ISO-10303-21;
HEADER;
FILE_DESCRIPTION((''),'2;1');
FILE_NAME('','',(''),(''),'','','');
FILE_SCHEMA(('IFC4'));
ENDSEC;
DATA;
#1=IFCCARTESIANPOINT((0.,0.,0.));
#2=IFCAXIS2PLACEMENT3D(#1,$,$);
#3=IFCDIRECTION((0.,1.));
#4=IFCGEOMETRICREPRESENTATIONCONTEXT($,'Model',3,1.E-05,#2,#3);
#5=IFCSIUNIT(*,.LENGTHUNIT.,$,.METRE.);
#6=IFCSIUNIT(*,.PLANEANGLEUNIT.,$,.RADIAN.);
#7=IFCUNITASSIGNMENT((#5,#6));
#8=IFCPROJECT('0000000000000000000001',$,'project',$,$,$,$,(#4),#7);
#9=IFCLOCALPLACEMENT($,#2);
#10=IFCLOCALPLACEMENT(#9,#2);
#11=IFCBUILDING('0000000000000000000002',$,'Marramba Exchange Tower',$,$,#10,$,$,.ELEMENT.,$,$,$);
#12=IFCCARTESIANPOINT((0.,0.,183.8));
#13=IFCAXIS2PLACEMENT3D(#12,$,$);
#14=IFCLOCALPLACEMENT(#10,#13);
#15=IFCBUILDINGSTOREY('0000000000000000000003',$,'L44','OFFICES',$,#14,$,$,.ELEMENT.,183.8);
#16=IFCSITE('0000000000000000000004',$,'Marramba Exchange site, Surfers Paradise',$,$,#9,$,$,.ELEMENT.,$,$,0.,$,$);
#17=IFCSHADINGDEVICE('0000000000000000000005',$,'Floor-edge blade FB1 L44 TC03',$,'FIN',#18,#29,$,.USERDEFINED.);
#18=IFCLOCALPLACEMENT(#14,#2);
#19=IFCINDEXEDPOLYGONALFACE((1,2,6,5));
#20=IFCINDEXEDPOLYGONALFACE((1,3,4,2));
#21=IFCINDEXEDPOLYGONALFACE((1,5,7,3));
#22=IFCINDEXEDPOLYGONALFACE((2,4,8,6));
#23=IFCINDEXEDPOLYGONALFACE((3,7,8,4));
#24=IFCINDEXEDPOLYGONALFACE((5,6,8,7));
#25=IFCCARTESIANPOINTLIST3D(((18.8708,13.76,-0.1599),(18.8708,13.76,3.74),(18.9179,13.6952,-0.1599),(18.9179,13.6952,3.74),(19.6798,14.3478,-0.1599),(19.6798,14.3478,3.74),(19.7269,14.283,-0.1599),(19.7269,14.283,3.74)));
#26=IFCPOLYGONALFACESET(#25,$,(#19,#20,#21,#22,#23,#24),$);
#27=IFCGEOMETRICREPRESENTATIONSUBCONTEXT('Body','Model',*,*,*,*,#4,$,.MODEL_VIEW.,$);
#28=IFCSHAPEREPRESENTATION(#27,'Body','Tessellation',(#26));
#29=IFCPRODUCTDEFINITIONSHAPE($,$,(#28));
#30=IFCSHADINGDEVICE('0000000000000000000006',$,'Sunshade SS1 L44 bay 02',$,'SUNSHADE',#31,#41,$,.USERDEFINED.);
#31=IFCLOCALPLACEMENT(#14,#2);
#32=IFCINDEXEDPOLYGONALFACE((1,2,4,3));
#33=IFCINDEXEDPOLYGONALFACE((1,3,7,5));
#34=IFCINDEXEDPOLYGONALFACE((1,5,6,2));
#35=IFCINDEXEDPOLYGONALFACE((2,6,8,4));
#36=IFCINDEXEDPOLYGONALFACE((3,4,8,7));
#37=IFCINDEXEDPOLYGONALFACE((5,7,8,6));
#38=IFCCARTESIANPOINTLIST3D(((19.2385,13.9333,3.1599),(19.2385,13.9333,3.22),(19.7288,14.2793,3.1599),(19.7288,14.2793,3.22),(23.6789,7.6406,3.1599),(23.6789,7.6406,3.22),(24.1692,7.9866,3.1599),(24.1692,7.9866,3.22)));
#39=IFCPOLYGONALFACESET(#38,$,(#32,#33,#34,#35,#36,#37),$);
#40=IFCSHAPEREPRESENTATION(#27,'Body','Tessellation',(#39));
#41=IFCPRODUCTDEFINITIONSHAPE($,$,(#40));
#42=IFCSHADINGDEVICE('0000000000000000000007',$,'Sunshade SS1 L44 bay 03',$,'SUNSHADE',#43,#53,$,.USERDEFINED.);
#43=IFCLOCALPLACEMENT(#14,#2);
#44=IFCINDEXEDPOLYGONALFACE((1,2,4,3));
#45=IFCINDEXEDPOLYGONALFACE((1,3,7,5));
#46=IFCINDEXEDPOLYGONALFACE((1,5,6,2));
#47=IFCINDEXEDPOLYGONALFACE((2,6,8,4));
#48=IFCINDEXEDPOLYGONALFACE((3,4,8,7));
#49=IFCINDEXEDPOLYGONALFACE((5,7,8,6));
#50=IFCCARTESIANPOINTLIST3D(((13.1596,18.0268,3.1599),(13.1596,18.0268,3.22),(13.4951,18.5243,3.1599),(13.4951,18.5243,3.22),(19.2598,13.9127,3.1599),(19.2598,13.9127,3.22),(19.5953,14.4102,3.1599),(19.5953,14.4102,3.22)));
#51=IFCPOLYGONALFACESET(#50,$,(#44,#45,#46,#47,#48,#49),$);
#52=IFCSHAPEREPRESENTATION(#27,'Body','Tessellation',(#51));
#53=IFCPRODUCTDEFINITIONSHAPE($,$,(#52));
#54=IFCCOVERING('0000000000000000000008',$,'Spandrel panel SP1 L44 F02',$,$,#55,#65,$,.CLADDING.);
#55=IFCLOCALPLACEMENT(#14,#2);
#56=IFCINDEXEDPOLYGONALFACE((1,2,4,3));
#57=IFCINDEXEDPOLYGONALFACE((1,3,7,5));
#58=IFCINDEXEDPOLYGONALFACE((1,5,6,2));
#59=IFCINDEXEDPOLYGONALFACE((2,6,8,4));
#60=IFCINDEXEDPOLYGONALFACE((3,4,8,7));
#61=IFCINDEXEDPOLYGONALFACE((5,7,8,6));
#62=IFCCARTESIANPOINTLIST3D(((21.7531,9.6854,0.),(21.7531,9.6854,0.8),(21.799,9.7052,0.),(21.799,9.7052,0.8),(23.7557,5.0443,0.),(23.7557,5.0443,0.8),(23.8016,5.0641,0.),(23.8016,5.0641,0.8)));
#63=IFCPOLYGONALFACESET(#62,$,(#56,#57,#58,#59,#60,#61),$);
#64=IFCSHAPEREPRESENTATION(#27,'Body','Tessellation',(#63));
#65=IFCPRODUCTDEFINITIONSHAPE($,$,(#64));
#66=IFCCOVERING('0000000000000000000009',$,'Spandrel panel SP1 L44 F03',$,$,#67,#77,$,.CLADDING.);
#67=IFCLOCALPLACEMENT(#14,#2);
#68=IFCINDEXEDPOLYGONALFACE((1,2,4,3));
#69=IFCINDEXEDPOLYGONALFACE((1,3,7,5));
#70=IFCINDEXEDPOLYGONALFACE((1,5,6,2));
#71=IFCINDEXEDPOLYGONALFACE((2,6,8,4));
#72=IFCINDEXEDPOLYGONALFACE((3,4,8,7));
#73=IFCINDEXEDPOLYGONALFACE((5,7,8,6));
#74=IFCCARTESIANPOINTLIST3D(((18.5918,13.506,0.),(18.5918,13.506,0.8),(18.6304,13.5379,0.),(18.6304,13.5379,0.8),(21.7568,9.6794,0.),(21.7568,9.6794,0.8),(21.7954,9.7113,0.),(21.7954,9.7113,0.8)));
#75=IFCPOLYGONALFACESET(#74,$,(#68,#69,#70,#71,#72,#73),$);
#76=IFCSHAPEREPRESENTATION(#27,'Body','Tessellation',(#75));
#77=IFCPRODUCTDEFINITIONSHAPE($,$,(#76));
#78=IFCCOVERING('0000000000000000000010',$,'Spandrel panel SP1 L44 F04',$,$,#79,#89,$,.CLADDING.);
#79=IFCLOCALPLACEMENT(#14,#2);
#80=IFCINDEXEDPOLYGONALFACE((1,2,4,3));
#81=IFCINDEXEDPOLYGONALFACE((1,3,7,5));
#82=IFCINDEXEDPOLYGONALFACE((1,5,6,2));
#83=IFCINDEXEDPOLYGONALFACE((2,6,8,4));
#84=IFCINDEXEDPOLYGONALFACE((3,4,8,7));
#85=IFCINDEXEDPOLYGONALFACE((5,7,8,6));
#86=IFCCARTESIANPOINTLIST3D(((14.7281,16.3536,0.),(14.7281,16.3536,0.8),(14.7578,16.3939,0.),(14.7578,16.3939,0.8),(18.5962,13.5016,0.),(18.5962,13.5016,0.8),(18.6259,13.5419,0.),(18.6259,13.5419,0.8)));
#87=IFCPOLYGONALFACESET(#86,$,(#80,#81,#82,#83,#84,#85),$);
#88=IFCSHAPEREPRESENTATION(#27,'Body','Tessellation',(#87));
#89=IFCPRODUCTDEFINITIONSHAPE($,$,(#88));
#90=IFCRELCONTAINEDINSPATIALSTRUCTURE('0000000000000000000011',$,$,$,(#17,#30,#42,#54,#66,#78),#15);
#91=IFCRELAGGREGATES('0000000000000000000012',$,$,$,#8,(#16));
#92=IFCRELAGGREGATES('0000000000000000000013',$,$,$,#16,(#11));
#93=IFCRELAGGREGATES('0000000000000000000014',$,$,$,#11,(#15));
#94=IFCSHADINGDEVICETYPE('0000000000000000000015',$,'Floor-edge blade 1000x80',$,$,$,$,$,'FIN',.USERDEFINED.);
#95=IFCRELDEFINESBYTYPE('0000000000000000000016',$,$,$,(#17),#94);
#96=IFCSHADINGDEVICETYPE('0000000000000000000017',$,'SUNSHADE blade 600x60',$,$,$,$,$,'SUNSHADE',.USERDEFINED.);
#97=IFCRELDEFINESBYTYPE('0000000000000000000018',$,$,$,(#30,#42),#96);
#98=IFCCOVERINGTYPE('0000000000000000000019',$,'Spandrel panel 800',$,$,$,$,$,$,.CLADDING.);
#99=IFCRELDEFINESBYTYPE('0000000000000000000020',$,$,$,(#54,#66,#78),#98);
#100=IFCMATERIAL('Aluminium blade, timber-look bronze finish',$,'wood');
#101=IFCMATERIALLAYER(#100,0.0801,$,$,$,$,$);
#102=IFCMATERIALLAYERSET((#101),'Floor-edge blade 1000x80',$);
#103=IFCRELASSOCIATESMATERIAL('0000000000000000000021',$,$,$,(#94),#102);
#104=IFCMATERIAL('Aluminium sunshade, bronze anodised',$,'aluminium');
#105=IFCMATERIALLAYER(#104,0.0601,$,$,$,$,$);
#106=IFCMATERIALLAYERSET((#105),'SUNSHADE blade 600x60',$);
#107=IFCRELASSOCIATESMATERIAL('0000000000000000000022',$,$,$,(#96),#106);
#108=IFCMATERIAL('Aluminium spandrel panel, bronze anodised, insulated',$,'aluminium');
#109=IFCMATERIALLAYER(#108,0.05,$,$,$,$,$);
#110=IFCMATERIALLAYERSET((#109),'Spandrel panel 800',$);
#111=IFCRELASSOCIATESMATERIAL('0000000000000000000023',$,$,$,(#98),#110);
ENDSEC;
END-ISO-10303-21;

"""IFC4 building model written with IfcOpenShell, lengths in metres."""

from ifc_helpers import new_model, si_unit, direction, frame, origin, origin_2d, place, context, subcontext, project, spatial, rectangle, extrude, material, layer, layer_set, type_object, element, save


model = new_model("IFC4")

# Units and contexts
model_context = context("Model", 3, precision=1e-05, world=origin(), true_north=direction((0.0, 1.0)))
body_context = subcontext(model_context, "Body", "Model", "MODEL_VIEW")
ifc_project = project(units=[si_unit("LENGTHUNIT", "METRE"), si_unit("PLANEANGLEUNIT", "RADIAN")], contexts=[model_context])

# Site, building, storey
site_placement = place(None, origin())
site = spatial("IfcSite", under=ifc_project, at=site_placement, Name="Marramba Exchange site, Surfers Paradise", CompositionType="ELEMENT", RefElevation=0.0)
building_placement = place(site_placement, origin())
building = spatial("IfcBuilding", under=site, at=building_placement, Name="Marramba Exchange Tower", CompositionType="ELEMENT")
storey_placement = place(building_placement, frame((0.0, 0.0, 183.8)))
storey = spatial("IfcBuildingStorey", under=building, at=storey_placement, Name="L44", Description="OFFICES", CompositionType="ELEMENT", Elevation=183.8)

# Shading devices
ifc_material_1 = material(Name="Aluminium blade, timber-look bronze finish", Category="wood")
ifc_layer_1 = layer(ifc_material_1, 0.0801)
ifc_layer_set_1 = layer_set([ifc_layer_1], Name="Floor-edge blade 1000x80")
shading_device_type_1 = type_object("IfcShadingDeviceType", Name="Floor-edge blade 1000x80", ElementType="FIN", PredefinedType="USERDEFINED", material=ifc_layer_set_1)
for number, where, z_axis, x_axis, name in (
    (1, (19.2988, 14.0215, -0.1599), (0.0, 0.0, 1.0), (0.809017, 0.587785, 0.0), "Floor-edge blade FB1 L44 TC03"),
):
    element("IfcShadingDevice", number, at=place(storey_placement, frame(where, z_axis=z_axis, x_axis=x_axis)), inside=storey, type_object=shading_device_type_1, Name=name, ObjectType="FIN", PredefinedType="USERDEFINED", context=body_context, shape_type="SweptSolid", body=[
        extrude(rectangle(XDim=1.0, YDim=0.0801, at=origin_2d()), origin(), (0.0, 0.0, 1.0), 3.8999),
    ])
ifc_material_2 = material(Name="Aluminium sunshade, bronze anodised", Category="aluminium")
ifc_layer_2 = layer(ifc_material_2, 0.0601)
ifc_layer_set_2 = layer_set([ifc_layer_2], Name="SUNSHADE blade 600x60")
shading_device_type_2 = type_object("IfcShadingDeviceType", Name="SUNSHADE blade 600x60", ElementType="SUNSHADE", PredefinedType="USERDEFINED", material=ifc_layer_set_2)
shading_device_1_placement = place(storey_placement, frame((21.7039, 10.96, 3.1599), z_axis=(0.0, 0.0, 1.0), x_axis=(-0.576555, 0.817058, 0.0)))
element("IfcShadingDevice", 2, at=shading_device_1_placement, inside=storey, type_object=shading_device_type_2, Name="Sunshade SS1 L44 bay 02", ObjectType="SUNSHADE", PredefinedType="USERDEFINED", context=body_context, shape_type="SweptSolid", body=[
    extrude(rectangle(XDim=7.7017, YDim=0.6001, at=origin_2d()), origin(), (0.0, 0.0, 1.0), 0.0601),
])
shading_device_2_placement = place(storey_placement, frame((16.3774, 16.2185, 3.1599), z_axis=(0.0, 0.0, 1.0), x_axis=(-0.829071, 0.559143, 0.0)))
element("IfcShadingDevice", 3, at=shading_device_2_placement, inside=storey, type_object=shading_device_type_2, Name="Sunshade SS1 L44 bay 03", ObjectType="SUNSHADE", PredefinedType="USERDEFINED", context=body_context, shape_type="SweptSolid", body=[
    extrude(rectangle(XDim=7.3579, YDim=0.6001, at=origin_2d()), origin(), (0.0, 0.0, 1.0), 0.0601),
])

# Coverings
ifc_material_3 = material(Name="Aluminium spandrel panel, bronze anodised, insulated", Category="aluminium")
ifc_layer_3 = layer(ifc_material_3, 0.05)
ifc_layer_set_3 = layer_set([ifc_layer_3], Name="Spandrel panel 800")
covering_type = type_object("IfcCoveringType", Name="Spandrel panel 800", PredefinedType="CLADDING", material=ifc_layer_set_3)
covering_1_placement = place(storey_placement, frame((22.7773, 7.3748, 0.0), z_axis=(0.0, 0.0, 1.0), x_axis=(-0.396193, 0.918167, 0.0)))
element("IfcCovering", 4, at=covering_1_placement, inside=storey, type_object=covering_type, Name="Spandrel panel SP1 L44 F02", PredefinedType="CLADDING", context=body_context, shape_type="SweptSolid", body=[
    extrude(rectangle(XDim=5.0547, YDim=0.05, at=origin_2d()), origin(), (0.0, 0.0, 1.0), 0.8),
])
covering_2_placement = place(storey_placement, frame((20.1936, 11.6086, 0.0), z_axis=(0.0, 0.0, 1.0), x_axis=(-0.63735, 0.770574, 0.0)))
element("IfcCovering", 5, at=covering_2_placement, inside=storey, type_object=covering_type, Name="Spandrel panel SP1 L44 F03", PredefinedType="CLADDING", context=body_context, shape_type="SweptSolid", body=[
    extrude(rectangle(XDim=4.9658, YDim=0.05, at=origin_2d()), origin(), (0.0, 0.0, 1.0), 0.8),
])
covering_3_placement = place(storey_placement, frame((16.677, 14.9478, 0.0), z_axis=(0.0, 0.0, 1.0), x_axis=(-0.804877, 0.593441, 0.0)))
element("IfcCovering", 6, at=covering_3_placement, inside=storey, type_object=covering_type, Name="Spandrel panel SP1 L44 F04", PredefinedType="CLADDING", context=body_context, shape_type="SweptSolid", body=[
    extrude(rectangle(XDim=4.8059, YDim=0.05, at=origin_2d()), origin(), (0.0, 0.0, 1.0), 0.8),
])

save(model, "model.ifc")
